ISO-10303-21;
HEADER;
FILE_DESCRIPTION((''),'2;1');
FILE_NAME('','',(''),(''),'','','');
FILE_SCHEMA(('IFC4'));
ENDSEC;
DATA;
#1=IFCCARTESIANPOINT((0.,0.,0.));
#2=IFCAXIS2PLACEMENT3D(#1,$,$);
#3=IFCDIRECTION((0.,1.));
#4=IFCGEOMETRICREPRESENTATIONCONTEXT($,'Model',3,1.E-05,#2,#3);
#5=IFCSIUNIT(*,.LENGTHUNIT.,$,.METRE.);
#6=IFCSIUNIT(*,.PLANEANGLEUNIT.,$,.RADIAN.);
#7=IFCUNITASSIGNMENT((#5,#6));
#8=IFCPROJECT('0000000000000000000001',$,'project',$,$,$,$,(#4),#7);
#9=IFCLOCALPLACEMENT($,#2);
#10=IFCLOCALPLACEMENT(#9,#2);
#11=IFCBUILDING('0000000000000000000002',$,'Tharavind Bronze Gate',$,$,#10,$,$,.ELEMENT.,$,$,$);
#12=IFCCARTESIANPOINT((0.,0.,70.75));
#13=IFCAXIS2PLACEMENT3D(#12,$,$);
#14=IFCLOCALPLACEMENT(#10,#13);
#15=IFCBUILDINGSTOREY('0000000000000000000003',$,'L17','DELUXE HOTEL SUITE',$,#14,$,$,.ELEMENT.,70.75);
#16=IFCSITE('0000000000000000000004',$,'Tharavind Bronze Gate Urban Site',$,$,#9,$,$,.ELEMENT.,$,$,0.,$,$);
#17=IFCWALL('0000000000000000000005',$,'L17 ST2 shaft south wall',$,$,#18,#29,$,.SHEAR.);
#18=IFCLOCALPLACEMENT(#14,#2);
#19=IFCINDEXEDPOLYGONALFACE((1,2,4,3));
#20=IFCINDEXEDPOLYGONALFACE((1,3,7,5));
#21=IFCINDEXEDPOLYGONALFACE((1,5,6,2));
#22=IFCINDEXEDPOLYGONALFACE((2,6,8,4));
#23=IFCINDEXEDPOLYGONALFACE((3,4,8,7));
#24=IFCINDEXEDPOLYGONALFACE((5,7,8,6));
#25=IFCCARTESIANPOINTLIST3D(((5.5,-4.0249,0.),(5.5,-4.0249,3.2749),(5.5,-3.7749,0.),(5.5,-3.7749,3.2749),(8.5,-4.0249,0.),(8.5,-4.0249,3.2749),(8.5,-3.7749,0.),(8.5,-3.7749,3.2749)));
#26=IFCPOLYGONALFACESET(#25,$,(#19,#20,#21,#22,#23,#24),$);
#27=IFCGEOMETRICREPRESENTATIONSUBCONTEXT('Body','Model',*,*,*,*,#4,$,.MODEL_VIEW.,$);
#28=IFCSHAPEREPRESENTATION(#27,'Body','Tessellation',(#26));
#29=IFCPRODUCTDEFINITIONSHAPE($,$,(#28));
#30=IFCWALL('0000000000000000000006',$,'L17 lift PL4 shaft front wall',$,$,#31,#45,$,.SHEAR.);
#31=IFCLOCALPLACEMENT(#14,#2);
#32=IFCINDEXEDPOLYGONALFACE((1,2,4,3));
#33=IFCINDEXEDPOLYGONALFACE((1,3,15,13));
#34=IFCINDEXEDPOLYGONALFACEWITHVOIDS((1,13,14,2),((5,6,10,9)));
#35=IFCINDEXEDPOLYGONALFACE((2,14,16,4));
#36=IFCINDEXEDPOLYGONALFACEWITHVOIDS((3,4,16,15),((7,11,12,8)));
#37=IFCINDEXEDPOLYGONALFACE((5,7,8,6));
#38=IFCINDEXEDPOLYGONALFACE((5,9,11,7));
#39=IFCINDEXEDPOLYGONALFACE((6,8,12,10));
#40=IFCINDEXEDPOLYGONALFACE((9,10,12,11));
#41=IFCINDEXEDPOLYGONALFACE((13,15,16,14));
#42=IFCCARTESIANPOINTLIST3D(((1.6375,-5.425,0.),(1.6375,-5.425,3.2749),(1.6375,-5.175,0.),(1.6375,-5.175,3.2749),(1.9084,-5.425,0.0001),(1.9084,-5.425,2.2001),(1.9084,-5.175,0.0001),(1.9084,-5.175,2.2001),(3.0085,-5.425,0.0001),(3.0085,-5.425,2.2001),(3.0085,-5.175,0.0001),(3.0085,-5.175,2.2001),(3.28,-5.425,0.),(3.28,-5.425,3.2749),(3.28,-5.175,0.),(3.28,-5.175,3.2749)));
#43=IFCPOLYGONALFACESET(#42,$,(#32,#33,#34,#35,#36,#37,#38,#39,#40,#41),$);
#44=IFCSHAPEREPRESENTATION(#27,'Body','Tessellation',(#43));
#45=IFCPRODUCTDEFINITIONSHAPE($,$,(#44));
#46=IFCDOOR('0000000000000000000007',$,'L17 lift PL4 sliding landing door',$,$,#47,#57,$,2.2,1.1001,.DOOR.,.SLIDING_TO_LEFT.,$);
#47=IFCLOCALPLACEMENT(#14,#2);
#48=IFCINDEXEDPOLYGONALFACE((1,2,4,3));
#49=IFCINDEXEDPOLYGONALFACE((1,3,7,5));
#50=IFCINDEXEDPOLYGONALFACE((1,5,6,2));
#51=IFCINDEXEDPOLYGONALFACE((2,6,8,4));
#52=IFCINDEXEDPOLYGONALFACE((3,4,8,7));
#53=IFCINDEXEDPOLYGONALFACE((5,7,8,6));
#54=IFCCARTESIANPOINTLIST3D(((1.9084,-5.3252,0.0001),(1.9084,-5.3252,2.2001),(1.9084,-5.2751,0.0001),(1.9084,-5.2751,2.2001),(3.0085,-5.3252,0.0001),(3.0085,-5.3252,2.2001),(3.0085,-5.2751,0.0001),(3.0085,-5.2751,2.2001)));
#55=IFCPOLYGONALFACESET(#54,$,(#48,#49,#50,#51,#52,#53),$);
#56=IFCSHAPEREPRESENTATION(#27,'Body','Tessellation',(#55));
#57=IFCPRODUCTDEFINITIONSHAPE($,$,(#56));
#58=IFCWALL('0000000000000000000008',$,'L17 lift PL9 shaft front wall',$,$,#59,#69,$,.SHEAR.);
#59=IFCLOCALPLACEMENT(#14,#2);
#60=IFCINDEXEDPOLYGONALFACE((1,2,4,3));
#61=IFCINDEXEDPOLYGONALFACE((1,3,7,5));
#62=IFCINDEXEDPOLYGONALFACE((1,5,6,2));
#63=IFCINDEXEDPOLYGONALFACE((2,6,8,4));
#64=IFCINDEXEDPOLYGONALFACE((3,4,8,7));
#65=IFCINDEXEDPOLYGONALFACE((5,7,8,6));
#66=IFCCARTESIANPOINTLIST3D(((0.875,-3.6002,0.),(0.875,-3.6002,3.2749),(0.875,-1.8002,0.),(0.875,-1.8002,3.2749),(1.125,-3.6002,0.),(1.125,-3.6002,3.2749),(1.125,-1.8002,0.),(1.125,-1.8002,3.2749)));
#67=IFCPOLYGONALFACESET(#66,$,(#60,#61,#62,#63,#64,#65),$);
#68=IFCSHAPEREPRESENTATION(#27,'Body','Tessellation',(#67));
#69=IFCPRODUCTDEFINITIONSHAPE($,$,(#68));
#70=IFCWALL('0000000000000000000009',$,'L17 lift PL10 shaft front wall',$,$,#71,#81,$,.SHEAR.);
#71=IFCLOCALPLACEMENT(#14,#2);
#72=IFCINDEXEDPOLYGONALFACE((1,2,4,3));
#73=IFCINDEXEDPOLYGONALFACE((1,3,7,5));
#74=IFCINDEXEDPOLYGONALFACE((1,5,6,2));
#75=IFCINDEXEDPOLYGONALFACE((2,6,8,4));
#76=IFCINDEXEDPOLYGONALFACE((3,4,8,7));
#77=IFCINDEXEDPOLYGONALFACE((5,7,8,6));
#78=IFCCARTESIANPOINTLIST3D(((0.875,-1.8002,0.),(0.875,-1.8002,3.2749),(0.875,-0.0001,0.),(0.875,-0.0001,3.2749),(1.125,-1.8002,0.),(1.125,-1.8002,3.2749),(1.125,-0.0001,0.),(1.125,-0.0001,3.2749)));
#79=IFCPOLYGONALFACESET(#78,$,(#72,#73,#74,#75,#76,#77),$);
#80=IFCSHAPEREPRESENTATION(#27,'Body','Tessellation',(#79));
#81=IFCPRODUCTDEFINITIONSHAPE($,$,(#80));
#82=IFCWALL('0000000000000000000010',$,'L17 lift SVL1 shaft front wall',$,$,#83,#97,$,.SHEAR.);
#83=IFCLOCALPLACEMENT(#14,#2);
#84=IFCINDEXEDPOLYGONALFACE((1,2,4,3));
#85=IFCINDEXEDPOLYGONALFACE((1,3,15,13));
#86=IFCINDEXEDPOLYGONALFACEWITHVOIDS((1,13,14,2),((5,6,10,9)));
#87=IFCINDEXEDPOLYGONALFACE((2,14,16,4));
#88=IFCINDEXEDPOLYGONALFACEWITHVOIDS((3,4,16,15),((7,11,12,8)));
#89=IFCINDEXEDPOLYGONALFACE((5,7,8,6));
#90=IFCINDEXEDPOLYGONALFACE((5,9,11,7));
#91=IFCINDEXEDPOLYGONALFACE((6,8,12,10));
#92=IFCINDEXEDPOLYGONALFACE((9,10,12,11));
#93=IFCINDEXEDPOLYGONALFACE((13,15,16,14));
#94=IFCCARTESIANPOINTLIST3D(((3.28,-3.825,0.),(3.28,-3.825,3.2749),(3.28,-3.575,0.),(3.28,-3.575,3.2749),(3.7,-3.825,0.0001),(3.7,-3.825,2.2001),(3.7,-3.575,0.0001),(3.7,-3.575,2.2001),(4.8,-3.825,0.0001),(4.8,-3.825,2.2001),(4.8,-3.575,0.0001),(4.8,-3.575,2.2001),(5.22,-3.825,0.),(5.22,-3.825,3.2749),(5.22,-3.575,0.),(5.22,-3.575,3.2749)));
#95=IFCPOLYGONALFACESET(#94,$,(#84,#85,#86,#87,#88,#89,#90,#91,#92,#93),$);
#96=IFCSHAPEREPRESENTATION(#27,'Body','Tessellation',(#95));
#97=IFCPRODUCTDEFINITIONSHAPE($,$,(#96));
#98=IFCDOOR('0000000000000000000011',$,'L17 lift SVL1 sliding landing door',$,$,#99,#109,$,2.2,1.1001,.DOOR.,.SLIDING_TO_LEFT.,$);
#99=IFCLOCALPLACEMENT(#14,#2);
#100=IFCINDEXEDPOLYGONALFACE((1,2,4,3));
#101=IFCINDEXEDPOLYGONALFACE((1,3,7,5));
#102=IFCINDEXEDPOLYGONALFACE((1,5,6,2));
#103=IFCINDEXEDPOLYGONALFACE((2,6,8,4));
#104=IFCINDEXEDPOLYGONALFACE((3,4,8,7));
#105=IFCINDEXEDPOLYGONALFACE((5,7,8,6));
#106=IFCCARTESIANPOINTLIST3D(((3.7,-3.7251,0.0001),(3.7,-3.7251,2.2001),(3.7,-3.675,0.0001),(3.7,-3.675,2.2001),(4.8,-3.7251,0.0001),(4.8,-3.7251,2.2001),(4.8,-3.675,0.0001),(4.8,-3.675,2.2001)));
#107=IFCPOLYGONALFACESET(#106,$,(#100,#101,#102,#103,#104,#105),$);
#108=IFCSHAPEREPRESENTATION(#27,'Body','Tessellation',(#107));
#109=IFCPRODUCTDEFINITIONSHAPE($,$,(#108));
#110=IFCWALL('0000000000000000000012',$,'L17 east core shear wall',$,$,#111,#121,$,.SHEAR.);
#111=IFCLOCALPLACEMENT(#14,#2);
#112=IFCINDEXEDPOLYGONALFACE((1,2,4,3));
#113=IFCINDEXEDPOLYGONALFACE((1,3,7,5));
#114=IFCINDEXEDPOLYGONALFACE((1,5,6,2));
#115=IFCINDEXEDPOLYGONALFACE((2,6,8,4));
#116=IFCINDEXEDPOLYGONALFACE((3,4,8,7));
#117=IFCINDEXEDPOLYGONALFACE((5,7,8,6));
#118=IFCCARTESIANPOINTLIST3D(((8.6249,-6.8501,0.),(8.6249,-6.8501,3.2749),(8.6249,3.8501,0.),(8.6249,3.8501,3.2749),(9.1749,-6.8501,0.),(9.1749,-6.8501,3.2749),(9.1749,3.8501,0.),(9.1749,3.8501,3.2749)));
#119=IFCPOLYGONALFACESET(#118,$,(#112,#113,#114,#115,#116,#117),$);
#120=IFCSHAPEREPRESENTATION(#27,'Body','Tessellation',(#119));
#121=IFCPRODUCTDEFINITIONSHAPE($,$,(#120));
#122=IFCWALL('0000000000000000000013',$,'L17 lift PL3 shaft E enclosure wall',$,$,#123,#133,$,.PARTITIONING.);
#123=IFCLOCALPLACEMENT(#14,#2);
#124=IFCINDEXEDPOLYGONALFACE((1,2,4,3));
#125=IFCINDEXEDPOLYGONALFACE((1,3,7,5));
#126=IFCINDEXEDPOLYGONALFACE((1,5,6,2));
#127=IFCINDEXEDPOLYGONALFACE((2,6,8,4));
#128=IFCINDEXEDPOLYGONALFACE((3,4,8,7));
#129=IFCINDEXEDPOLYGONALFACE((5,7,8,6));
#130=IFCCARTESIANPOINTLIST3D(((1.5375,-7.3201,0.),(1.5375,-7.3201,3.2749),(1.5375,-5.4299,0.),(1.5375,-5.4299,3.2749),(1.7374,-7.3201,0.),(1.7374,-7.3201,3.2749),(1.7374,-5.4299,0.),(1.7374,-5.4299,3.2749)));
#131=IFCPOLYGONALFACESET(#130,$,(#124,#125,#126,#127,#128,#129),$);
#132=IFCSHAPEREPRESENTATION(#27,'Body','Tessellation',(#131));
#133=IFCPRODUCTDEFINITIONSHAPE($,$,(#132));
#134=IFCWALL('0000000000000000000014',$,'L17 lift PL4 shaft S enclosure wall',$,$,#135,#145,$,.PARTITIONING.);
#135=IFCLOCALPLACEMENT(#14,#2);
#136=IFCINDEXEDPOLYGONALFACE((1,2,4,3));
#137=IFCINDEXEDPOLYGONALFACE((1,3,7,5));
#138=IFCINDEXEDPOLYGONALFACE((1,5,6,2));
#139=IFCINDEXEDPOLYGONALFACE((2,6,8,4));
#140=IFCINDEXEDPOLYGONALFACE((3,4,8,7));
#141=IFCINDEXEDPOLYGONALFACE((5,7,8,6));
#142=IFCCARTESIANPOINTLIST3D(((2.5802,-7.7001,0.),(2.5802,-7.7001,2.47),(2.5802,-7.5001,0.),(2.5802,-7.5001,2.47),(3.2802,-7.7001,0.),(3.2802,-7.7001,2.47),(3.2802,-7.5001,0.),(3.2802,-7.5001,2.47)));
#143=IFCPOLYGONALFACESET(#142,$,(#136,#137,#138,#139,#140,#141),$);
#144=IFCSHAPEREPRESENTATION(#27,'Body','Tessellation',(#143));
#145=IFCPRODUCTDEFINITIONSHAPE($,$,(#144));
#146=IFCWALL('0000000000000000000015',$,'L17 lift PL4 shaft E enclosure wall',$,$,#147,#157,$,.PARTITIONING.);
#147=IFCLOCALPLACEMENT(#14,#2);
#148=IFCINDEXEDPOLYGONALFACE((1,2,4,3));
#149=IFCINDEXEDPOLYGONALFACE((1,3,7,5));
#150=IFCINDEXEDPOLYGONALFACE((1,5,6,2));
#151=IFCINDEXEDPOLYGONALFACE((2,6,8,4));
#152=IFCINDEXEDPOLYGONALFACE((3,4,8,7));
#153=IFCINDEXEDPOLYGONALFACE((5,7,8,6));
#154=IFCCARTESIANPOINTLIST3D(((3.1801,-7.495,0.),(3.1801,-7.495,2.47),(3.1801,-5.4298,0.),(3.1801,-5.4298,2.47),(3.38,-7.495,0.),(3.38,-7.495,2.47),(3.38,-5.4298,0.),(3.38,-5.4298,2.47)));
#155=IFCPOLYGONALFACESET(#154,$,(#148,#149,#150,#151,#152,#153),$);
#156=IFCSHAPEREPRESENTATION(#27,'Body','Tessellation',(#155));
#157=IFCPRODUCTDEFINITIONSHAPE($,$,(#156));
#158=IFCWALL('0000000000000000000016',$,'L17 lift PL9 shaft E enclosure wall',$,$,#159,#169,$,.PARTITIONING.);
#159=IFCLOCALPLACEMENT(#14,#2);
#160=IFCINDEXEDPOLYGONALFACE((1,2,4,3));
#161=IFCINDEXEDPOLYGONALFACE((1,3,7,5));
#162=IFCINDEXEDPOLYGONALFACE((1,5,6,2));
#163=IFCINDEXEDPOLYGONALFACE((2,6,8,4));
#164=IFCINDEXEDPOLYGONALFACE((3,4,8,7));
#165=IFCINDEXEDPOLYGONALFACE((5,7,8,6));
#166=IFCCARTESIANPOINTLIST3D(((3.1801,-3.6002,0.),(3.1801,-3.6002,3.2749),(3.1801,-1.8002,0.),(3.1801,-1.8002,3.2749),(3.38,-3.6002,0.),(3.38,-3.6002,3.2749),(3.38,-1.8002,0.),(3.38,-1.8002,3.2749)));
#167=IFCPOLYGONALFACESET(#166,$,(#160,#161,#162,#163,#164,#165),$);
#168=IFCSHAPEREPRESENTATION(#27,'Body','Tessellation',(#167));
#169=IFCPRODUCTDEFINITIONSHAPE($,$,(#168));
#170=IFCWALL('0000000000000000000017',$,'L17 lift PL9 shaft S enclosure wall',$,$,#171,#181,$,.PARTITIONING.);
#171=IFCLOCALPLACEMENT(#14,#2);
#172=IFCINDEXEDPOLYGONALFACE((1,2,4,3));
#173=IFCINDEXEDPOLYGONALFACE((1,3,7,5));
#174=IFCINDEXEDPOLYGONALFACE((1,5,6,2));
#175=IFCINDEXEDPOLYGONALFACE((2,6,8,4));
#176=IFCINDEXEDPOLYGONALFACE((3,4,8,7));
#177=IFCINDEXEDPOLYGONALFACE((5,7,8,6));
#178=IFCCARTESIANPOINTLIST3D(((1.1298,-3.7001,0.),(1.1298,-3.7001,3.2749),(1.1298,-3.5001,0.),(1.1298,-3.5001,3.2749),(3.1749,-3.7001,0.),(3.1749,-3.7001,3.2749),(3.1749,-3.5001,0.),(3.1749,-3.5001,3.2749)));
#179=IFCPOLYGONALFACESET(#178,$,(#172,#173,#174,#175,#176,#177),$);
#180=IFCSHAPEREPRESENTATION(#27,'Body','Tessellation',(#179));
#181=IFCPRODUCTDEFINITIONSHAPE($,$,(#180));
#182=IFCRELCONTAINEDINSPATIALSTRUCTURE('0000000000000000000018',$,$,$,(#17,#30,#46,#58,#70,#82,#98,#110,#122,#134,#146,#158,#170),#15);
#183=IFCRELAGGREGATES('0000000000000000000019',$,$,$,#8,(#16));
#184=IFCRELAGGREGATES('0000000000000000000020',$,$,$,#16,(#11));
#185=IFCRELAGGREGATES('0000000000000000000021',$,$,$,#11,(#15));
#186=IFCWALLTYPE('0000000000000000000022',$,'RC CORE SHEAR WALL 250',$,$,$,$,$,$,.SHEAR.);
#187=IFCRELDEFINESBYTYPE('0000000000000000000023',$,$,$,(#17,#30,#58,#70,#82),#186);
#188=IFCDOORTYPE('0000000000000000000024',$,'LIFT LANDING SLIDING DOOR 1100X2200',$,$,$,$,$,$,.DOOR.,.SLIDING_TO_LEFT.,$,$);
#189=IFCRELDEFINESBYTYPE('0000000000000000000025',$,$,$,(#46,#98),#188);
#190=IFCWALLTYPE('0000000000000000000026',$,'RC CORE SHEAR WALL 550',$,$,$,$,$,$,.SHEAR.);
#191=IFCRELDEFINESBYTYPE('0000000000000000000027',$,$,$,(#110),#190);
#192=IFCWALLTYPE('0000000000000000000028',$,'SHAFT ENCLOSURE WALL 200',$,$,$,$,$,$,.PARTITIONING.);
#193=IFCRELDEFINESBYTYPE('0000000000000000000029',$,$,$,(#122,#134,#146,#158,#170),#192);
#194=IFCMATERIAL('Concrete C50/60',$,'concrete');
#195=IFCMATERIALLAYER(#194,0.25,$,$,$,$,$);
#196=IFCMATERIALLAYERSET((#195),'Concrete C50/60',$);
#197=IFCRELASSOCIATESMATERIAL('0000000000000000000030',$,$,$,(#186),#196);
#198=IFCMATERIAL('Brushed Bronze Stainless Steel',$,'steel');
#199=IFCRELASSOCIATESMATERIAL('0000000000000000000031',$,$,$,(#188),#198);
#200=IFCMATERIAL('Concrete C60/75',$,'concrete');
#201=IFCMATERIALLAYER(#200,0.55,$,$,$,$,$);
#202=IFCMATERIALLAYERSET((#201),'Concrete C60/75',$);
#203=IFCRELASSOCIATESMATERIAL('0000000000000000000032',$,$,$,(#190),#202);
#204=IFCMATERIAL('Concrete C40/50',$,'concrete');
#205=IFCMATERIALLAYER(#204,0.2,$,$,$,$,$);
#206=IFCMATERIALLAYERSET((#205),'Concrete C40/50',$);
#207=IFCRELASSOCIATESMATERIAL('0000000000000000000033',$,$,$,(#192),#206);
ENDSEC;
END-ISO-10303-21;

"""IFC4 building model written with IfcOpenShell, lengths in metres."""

from ifc_helpers import new_model, si_unit, direction, frame, frame_2d, origin, place, context, subcontext, project, spatial, rectangle, extrude, material, layer, layer_set, type_object, element, fill, save


model = new_model("IFC4")

# Units and contexts
model_context = context("Model", 3, precision=1e-05, world=origin(), true_north=direction((0.0, 1.0)))
body_context = subcontext(model_context, "Body", "Model", "MODEL_VIEW")
ifc_project = project(units=[si_unit("LENGTHUNIT", "METRE"), si_unit("PLANEANGLEUNIT", "RADIAN")], contexts=[model_context])

# Site, building, storey
site_placement = place(None, origin())
site = spatial("IfcSite", under=ifc_project, at=site_placement, Name="Tharavind Bronze Gate Urban Site", CompositionType="ELEMENT", RefElevation=0.0)
building_placement = place(site_placement, origin())
building = spatial("IfcBuilding", under=site, at=building_placement, Name="Tharavind Bronze Gate", CompositionType="ELEMENT")
storey_placement = place(building_placement, frame((0.0, 0.0, 70.75)))
storey = spatial("IfcBuildingStorey", under=building, at=storey_placement, Name="L17", Description="DELUXE HOTEL SUITE", CompositionType="ELEMENT", Elevation=70.75)

# Wall
ifc_material_1 = material(Name="Concrete C50/60", Category="concrete")
ifc_layer_1 = layer(ifc_material_1, 0.25)
ifc_layer_set_1 = layer_set([ifc_layer_1], Name="Concrete C50/60")
wall_type_1 = type_object("IfcWallType", Name="RC CORE SHEAR WALL 250", PredefinedType="SHEAR", material=ifc_layer_set_1)
wall_1_placement = place(storey_placement, frame((5.5, -3.8999, 0.0), z_axis=(0.0, 0.0, 1.0), x_axis=(1.0, 0.0, 0.0)))
element("IfcWall", 1, at=wall_1_placement, inside=storey, type_object=wall_type_1, Name="L17 ST2 shaft south wall", PredefinedType="SHEAR", context=body_context, shape_type="SweptSolid", body=[
    extrude(rectangle(XDim=3.0, YDim=0.25, at=frame_2d((1.5, 0.0))), origin(), (0.0, 0.0, 1.0), 3.2749),
])

# Wall, opening, door
wall_2_placement = place(storey_placement, frame((1.6375, -5.3, 0.0), z_axis=(0.0, 0.0, 1.0), x_axis=(1.0, 0.0, 0.0)))
wall_2 = element("IfcWall", 2, at=wall_2_placement, inside=storey, type_object=wall_type_1, Name="L17 lift PL4 shaft front wall", PredefinedType="SHEAR", context=body_context, shape_type="SweptSolid", body=[
    extrude(rectangle(XDim=1.6426, YDim=0.25, at=frame_2d((0.8213, 0.0))), origin(), (0.0, 0.0, 1.0), 3.2749),
])
opening_1_placement = place(wall_2_placement, frame((0.271, 0.0, 0.0)))
opening_1 = element("IfcOpeningElement", 3, at=opening_1_placement, cuts=wall_2, PredefinedType="OPENING", context=body_context, shape_type="SweptSolid", body=[
    extrude(rectangle(XDim=1.1001, YDim=2.2, at=frame_2d((0.55, 1.1001))), frame((0.0, 0.135, 0.0), z_axis=(0.0, -1.0, 0.0), x_axis=(1.0, 0.0, 0.0)), (0.0, 0.0, 1.0), 0.27),
])
ifc_material_2 = material(Name="Brushed Bronze Stainless Steel", Category="steel")
door_type_1 = type_object("IfcDoorType", Name="LIFT LANDING SLIDING DOOR 1100X2200", OperationType="SLIDING_TO_LEFT", PredefinedType="DOOR", material=ifc_material_2)
door_1_placement = place(opening_1_placement, origin())
door_1 = element("IfcDoor", 4, at=door_1_placement, inside=storey, type_object=door_type_1, Name="L17 lift PL4 sliding landing door", OperationType="SLIDING_TO_LEFT", OverallHeight=2.2, OverallWidth=1.1001, PredefinedType="DOOR", context=body_context, shape_type="SweptSolid", body=[
    extrude(rectangle(XDim=1.1001, YDim=2.2, at=frame_2d((0.55, 1.1001))), frame((0.0, 0.0249, 0.0), z_axis=(0.0, -1.0, 0.0), x_axis=(1.0, 0.0, 0.0)), (0.0, 0.0, 1.0), 0.05),
])
fill(opening_1, door_1)

# Walls
for number, where, z_axis, x_axis, name in (
    (5, (1.0, -3.6001, 0.0), (0.0, 0.0, 1.0), (0.0, 1.0, 0.0), "L17 lift PL9 shaft front wall"),
    (6, (1.0, -1.8, 0.0), (0.0, 0.0, 1.0), (0.0, 1.0, 0.0), "L17 lift PL10 shaft front wall"),
):
    element("IfcWall", number, at=place(storey_placement, frame(where, z_axis=z_axis, x_axis=x_axis)), inside=storey, type_object=wall_type_1, Name=name, PredefinedType="SHEAR", context=body_context, shape_type="SweptSolid", body=[
        extrude(rectangle(XDim=1.8, YDim=0.25, at=frame_2d((0.8999, 0.0))), origin(), (0.0, 0.0, 1.0), 3.2749),
    ])

# Wall, opening, door
wall_3_placement = place(storey_placement, frame((3.28, -3.7, 0.0), z_axis=(0.0, 0.0, 1.0), x_axis=(1.0, 0.0, 0.0)))
wall_3 = element("IfcWall", 7, at=wall_3_placement, inside=storey, type_object=wall_type_1, Name="L17 lift SVL1 shaft front wall", PredefinedType="SHEAR", context=body_context, shape_type="SweptSolid", body=[
    extrude(rectangle(XDim=1.9399, YDim=0.25, at=frame_2d((0.97, 0.0))), origin(), (0.0, 0.0, 1.0), 3.2749),
])
opening_2_placement = place(wall_3_placement, frame((0.4199, 0.0, 0.0)))
opening_2 = element("IfcOpeningElement", 8, at=opening_2_placement, cuts=wall_3, PredefinedType="OPENING", context=body_context, shape_type="SweptSolid", body=[
    extrude(rectangle(XDim=1.1001, YDim=2.2, at=frame_2d((0.55, 1.1001))), frame((0.0, 0.135, 0.0), z_axis=(0.0, -1.0, 0.0), x_axis=(1.0, 0.0, 0.0)), (0.0, 0.0, 1.0), 0.27),
])
door_2_placement = place(opening_2_placement, origin())
door_2 = element("IfcDoor", 9, at=door_2_placement, inside=storey, type_object=door_type_1, Name="L17 lift SVL1 sliding landing door", OperationType="SLIDING_TO_LEFT", OverallHeight=2.2, OverallWidth=1.1001, PredefinedType="DOOR", context=body_context, shape_type="SweptSolid", body=[
    extrude(rectangle(XDim=1.1001, YDim=2.2, at=frame_2d((0.55, 1.1001))), frame((0.0, 0.0249, 0.0), z_axis=(0.0, -1.0, 0.0), x_axis=(1.0, 0.0, 0.0)), (0.0, 0.0, 1.0), 0.05),
])
fill(opening_2, door_2)

# Walls
ifc_material_3 = material(Name="Concrete C60/75", Category="concrete")
ifc_layer_2 = layer(ifc_material_3, 0.55)
ifc_layer_set_2 = layer_set([ifc_layer_2], Name="Concrete C60/75")
wall_type_2 = type_object("IfcWallType", Name="RC CORE SHEAR WALL 550", PredefinedType="SHEAR", material=ifc_layer_set_2)
wall_4_placement = place(storey_placement, frame((8.8999, -6.8501, 0.0), z_axis=(0.0, 0.0, 1.0), x_axis=(0.0, 1.0, 0.0)))
element("IfcWall", 10, at=wall_4_placement, inside=storey, type_object=wall_type_2, Name="L17 east core shear wall", PredefinedType="SHEAR", context=body_context, shape_type="SweptSolid", body=[
    extrude(rectangle(XDim=10.7002, YDim=0.55, at=frame_2d((5.3501, 0.0))), origin(), (0.0, 0.0, 1.0), 3.2749),
])
ifc_material_4 = material(Name="Concrete C40/50", Category="concrete")
ifc_layer_3 = layer(ifc_material_4, 0.2)
ifc_layer_set_3 = layer_set([ifc_layer_3], Name="Concrete C40/50")
wall_type_3 = type_object("IfcWallType", Name="SHAFT ENCLOSURE WALL 200", PredefinedType="PARTITIONING", material=ifc_layer_set_3)
wall_5_placement = place(storey_placement, frame((1.6375, -7.3201, 0.0), z_axis=(0.0, 0.0, 1.0), x_axis=(0.0, 1.0, 0.0)))
element("IfcWall", 11, at=wall_5_placement, inside=storey, type_object=wall_type_3, Name="L17 lift PL3 shaft E enclosure wall", PredefinedType="PARTITIONING", context=body_context, shape_type="SweptSolid", body=[
    extrude(rectangle(XDim=1.8901, YDim=0.2, at=frame_2d((0.9451, 0.0))), origin(), (0.0, 0.0, 1.0), 3.2749),
])
wall_6_placement = place(storey_placement, frame((2.5801, -7.6001, 0.0), z_axis=(0.0, 0.0, 1.0), x_axis=(1.0, 0.0, 0.0)))
element("IfcWall", 12, at=wall_6_placement, inside=storey, type_object=wall_type_3, Name="L17 lift PL4 shaft S enclosure wall", PredefinedType="PARTITIONING", context=body_context, shape_type="SweptSolid", body=[
    extrude(rectangle(XDim=0.7, YDim=0.2, at=frame_2d((0.3501, 0.0))), origin(), (0.0, 0.0, 1.0), 2.47),
])
wall_7_placement = place(storey_placement, frame((3.28, -7.4951, 0.0), z_axis=(0.0, 0.0, 1.0), x_axis=(0.0, 1.0, 0.0)))
element("IfcWall", 13, at=wall_7_placement, inside=storey, type_object=wall_type_3, Name="L17 lift PL4 shaft E enclosure wall", PredefinedType="PARTITIONING", context=body_context, shape_type="SweptSolid", body=[
    extrude(rectangle(XDim=2.0652, YDim=0.2, at=frame_2d((1.0327, 0.0))), origin(), (0.0, 0.0, 1.0), 2.47),
])
wall_8_placement = place(storey_placement, frame((3.28, -3.6001, 0.0), z_axis=(0.0, 0.0, 1.0), x_axis=(0.0, 1.0, 0.0)))
element("IfcWall", 14, at=wall_8_placement, inside=storey, type_object=wall_type_3, Name="L17 lift PL9 shaft E enclosure wall", PredefinedType="PARTITIONING", context=body_context, shape_type="SweptSolid", body=[
    extrude(rectangle(XDim=1.8, YDim=0.2, at=frame_2d((0.8999, 0.0))), origin(), (0.0, 0.0, 1.0), 3.2749),
])
for number, where, z_axis, x_axis, name in (
    (15, (1.1299, -3.6001, 0.0), (0.0, 0.0, 1.0), (1.0, 0.0, 0.0), "L17 lift PL9 shaft S enclosure wall"),
):
    element("IfcWall", number, at=place(storey_placement, frame(where, z_axis=z_axis, x_axis=x_axis)), inside=storey, type_object=wall_type_3, Name=name, PredefinedType="PARTITIONING", context=body_context, shape_type="SweptSolid", body=[
        extrude(rectangle(XDim=2.0452, YDim=0.2, at=frame_2d((1.0225, 0.0))), origin(), (0.0, 0.0, 1.0), 3.2749),
    ])

save(model, "model.ifc")
